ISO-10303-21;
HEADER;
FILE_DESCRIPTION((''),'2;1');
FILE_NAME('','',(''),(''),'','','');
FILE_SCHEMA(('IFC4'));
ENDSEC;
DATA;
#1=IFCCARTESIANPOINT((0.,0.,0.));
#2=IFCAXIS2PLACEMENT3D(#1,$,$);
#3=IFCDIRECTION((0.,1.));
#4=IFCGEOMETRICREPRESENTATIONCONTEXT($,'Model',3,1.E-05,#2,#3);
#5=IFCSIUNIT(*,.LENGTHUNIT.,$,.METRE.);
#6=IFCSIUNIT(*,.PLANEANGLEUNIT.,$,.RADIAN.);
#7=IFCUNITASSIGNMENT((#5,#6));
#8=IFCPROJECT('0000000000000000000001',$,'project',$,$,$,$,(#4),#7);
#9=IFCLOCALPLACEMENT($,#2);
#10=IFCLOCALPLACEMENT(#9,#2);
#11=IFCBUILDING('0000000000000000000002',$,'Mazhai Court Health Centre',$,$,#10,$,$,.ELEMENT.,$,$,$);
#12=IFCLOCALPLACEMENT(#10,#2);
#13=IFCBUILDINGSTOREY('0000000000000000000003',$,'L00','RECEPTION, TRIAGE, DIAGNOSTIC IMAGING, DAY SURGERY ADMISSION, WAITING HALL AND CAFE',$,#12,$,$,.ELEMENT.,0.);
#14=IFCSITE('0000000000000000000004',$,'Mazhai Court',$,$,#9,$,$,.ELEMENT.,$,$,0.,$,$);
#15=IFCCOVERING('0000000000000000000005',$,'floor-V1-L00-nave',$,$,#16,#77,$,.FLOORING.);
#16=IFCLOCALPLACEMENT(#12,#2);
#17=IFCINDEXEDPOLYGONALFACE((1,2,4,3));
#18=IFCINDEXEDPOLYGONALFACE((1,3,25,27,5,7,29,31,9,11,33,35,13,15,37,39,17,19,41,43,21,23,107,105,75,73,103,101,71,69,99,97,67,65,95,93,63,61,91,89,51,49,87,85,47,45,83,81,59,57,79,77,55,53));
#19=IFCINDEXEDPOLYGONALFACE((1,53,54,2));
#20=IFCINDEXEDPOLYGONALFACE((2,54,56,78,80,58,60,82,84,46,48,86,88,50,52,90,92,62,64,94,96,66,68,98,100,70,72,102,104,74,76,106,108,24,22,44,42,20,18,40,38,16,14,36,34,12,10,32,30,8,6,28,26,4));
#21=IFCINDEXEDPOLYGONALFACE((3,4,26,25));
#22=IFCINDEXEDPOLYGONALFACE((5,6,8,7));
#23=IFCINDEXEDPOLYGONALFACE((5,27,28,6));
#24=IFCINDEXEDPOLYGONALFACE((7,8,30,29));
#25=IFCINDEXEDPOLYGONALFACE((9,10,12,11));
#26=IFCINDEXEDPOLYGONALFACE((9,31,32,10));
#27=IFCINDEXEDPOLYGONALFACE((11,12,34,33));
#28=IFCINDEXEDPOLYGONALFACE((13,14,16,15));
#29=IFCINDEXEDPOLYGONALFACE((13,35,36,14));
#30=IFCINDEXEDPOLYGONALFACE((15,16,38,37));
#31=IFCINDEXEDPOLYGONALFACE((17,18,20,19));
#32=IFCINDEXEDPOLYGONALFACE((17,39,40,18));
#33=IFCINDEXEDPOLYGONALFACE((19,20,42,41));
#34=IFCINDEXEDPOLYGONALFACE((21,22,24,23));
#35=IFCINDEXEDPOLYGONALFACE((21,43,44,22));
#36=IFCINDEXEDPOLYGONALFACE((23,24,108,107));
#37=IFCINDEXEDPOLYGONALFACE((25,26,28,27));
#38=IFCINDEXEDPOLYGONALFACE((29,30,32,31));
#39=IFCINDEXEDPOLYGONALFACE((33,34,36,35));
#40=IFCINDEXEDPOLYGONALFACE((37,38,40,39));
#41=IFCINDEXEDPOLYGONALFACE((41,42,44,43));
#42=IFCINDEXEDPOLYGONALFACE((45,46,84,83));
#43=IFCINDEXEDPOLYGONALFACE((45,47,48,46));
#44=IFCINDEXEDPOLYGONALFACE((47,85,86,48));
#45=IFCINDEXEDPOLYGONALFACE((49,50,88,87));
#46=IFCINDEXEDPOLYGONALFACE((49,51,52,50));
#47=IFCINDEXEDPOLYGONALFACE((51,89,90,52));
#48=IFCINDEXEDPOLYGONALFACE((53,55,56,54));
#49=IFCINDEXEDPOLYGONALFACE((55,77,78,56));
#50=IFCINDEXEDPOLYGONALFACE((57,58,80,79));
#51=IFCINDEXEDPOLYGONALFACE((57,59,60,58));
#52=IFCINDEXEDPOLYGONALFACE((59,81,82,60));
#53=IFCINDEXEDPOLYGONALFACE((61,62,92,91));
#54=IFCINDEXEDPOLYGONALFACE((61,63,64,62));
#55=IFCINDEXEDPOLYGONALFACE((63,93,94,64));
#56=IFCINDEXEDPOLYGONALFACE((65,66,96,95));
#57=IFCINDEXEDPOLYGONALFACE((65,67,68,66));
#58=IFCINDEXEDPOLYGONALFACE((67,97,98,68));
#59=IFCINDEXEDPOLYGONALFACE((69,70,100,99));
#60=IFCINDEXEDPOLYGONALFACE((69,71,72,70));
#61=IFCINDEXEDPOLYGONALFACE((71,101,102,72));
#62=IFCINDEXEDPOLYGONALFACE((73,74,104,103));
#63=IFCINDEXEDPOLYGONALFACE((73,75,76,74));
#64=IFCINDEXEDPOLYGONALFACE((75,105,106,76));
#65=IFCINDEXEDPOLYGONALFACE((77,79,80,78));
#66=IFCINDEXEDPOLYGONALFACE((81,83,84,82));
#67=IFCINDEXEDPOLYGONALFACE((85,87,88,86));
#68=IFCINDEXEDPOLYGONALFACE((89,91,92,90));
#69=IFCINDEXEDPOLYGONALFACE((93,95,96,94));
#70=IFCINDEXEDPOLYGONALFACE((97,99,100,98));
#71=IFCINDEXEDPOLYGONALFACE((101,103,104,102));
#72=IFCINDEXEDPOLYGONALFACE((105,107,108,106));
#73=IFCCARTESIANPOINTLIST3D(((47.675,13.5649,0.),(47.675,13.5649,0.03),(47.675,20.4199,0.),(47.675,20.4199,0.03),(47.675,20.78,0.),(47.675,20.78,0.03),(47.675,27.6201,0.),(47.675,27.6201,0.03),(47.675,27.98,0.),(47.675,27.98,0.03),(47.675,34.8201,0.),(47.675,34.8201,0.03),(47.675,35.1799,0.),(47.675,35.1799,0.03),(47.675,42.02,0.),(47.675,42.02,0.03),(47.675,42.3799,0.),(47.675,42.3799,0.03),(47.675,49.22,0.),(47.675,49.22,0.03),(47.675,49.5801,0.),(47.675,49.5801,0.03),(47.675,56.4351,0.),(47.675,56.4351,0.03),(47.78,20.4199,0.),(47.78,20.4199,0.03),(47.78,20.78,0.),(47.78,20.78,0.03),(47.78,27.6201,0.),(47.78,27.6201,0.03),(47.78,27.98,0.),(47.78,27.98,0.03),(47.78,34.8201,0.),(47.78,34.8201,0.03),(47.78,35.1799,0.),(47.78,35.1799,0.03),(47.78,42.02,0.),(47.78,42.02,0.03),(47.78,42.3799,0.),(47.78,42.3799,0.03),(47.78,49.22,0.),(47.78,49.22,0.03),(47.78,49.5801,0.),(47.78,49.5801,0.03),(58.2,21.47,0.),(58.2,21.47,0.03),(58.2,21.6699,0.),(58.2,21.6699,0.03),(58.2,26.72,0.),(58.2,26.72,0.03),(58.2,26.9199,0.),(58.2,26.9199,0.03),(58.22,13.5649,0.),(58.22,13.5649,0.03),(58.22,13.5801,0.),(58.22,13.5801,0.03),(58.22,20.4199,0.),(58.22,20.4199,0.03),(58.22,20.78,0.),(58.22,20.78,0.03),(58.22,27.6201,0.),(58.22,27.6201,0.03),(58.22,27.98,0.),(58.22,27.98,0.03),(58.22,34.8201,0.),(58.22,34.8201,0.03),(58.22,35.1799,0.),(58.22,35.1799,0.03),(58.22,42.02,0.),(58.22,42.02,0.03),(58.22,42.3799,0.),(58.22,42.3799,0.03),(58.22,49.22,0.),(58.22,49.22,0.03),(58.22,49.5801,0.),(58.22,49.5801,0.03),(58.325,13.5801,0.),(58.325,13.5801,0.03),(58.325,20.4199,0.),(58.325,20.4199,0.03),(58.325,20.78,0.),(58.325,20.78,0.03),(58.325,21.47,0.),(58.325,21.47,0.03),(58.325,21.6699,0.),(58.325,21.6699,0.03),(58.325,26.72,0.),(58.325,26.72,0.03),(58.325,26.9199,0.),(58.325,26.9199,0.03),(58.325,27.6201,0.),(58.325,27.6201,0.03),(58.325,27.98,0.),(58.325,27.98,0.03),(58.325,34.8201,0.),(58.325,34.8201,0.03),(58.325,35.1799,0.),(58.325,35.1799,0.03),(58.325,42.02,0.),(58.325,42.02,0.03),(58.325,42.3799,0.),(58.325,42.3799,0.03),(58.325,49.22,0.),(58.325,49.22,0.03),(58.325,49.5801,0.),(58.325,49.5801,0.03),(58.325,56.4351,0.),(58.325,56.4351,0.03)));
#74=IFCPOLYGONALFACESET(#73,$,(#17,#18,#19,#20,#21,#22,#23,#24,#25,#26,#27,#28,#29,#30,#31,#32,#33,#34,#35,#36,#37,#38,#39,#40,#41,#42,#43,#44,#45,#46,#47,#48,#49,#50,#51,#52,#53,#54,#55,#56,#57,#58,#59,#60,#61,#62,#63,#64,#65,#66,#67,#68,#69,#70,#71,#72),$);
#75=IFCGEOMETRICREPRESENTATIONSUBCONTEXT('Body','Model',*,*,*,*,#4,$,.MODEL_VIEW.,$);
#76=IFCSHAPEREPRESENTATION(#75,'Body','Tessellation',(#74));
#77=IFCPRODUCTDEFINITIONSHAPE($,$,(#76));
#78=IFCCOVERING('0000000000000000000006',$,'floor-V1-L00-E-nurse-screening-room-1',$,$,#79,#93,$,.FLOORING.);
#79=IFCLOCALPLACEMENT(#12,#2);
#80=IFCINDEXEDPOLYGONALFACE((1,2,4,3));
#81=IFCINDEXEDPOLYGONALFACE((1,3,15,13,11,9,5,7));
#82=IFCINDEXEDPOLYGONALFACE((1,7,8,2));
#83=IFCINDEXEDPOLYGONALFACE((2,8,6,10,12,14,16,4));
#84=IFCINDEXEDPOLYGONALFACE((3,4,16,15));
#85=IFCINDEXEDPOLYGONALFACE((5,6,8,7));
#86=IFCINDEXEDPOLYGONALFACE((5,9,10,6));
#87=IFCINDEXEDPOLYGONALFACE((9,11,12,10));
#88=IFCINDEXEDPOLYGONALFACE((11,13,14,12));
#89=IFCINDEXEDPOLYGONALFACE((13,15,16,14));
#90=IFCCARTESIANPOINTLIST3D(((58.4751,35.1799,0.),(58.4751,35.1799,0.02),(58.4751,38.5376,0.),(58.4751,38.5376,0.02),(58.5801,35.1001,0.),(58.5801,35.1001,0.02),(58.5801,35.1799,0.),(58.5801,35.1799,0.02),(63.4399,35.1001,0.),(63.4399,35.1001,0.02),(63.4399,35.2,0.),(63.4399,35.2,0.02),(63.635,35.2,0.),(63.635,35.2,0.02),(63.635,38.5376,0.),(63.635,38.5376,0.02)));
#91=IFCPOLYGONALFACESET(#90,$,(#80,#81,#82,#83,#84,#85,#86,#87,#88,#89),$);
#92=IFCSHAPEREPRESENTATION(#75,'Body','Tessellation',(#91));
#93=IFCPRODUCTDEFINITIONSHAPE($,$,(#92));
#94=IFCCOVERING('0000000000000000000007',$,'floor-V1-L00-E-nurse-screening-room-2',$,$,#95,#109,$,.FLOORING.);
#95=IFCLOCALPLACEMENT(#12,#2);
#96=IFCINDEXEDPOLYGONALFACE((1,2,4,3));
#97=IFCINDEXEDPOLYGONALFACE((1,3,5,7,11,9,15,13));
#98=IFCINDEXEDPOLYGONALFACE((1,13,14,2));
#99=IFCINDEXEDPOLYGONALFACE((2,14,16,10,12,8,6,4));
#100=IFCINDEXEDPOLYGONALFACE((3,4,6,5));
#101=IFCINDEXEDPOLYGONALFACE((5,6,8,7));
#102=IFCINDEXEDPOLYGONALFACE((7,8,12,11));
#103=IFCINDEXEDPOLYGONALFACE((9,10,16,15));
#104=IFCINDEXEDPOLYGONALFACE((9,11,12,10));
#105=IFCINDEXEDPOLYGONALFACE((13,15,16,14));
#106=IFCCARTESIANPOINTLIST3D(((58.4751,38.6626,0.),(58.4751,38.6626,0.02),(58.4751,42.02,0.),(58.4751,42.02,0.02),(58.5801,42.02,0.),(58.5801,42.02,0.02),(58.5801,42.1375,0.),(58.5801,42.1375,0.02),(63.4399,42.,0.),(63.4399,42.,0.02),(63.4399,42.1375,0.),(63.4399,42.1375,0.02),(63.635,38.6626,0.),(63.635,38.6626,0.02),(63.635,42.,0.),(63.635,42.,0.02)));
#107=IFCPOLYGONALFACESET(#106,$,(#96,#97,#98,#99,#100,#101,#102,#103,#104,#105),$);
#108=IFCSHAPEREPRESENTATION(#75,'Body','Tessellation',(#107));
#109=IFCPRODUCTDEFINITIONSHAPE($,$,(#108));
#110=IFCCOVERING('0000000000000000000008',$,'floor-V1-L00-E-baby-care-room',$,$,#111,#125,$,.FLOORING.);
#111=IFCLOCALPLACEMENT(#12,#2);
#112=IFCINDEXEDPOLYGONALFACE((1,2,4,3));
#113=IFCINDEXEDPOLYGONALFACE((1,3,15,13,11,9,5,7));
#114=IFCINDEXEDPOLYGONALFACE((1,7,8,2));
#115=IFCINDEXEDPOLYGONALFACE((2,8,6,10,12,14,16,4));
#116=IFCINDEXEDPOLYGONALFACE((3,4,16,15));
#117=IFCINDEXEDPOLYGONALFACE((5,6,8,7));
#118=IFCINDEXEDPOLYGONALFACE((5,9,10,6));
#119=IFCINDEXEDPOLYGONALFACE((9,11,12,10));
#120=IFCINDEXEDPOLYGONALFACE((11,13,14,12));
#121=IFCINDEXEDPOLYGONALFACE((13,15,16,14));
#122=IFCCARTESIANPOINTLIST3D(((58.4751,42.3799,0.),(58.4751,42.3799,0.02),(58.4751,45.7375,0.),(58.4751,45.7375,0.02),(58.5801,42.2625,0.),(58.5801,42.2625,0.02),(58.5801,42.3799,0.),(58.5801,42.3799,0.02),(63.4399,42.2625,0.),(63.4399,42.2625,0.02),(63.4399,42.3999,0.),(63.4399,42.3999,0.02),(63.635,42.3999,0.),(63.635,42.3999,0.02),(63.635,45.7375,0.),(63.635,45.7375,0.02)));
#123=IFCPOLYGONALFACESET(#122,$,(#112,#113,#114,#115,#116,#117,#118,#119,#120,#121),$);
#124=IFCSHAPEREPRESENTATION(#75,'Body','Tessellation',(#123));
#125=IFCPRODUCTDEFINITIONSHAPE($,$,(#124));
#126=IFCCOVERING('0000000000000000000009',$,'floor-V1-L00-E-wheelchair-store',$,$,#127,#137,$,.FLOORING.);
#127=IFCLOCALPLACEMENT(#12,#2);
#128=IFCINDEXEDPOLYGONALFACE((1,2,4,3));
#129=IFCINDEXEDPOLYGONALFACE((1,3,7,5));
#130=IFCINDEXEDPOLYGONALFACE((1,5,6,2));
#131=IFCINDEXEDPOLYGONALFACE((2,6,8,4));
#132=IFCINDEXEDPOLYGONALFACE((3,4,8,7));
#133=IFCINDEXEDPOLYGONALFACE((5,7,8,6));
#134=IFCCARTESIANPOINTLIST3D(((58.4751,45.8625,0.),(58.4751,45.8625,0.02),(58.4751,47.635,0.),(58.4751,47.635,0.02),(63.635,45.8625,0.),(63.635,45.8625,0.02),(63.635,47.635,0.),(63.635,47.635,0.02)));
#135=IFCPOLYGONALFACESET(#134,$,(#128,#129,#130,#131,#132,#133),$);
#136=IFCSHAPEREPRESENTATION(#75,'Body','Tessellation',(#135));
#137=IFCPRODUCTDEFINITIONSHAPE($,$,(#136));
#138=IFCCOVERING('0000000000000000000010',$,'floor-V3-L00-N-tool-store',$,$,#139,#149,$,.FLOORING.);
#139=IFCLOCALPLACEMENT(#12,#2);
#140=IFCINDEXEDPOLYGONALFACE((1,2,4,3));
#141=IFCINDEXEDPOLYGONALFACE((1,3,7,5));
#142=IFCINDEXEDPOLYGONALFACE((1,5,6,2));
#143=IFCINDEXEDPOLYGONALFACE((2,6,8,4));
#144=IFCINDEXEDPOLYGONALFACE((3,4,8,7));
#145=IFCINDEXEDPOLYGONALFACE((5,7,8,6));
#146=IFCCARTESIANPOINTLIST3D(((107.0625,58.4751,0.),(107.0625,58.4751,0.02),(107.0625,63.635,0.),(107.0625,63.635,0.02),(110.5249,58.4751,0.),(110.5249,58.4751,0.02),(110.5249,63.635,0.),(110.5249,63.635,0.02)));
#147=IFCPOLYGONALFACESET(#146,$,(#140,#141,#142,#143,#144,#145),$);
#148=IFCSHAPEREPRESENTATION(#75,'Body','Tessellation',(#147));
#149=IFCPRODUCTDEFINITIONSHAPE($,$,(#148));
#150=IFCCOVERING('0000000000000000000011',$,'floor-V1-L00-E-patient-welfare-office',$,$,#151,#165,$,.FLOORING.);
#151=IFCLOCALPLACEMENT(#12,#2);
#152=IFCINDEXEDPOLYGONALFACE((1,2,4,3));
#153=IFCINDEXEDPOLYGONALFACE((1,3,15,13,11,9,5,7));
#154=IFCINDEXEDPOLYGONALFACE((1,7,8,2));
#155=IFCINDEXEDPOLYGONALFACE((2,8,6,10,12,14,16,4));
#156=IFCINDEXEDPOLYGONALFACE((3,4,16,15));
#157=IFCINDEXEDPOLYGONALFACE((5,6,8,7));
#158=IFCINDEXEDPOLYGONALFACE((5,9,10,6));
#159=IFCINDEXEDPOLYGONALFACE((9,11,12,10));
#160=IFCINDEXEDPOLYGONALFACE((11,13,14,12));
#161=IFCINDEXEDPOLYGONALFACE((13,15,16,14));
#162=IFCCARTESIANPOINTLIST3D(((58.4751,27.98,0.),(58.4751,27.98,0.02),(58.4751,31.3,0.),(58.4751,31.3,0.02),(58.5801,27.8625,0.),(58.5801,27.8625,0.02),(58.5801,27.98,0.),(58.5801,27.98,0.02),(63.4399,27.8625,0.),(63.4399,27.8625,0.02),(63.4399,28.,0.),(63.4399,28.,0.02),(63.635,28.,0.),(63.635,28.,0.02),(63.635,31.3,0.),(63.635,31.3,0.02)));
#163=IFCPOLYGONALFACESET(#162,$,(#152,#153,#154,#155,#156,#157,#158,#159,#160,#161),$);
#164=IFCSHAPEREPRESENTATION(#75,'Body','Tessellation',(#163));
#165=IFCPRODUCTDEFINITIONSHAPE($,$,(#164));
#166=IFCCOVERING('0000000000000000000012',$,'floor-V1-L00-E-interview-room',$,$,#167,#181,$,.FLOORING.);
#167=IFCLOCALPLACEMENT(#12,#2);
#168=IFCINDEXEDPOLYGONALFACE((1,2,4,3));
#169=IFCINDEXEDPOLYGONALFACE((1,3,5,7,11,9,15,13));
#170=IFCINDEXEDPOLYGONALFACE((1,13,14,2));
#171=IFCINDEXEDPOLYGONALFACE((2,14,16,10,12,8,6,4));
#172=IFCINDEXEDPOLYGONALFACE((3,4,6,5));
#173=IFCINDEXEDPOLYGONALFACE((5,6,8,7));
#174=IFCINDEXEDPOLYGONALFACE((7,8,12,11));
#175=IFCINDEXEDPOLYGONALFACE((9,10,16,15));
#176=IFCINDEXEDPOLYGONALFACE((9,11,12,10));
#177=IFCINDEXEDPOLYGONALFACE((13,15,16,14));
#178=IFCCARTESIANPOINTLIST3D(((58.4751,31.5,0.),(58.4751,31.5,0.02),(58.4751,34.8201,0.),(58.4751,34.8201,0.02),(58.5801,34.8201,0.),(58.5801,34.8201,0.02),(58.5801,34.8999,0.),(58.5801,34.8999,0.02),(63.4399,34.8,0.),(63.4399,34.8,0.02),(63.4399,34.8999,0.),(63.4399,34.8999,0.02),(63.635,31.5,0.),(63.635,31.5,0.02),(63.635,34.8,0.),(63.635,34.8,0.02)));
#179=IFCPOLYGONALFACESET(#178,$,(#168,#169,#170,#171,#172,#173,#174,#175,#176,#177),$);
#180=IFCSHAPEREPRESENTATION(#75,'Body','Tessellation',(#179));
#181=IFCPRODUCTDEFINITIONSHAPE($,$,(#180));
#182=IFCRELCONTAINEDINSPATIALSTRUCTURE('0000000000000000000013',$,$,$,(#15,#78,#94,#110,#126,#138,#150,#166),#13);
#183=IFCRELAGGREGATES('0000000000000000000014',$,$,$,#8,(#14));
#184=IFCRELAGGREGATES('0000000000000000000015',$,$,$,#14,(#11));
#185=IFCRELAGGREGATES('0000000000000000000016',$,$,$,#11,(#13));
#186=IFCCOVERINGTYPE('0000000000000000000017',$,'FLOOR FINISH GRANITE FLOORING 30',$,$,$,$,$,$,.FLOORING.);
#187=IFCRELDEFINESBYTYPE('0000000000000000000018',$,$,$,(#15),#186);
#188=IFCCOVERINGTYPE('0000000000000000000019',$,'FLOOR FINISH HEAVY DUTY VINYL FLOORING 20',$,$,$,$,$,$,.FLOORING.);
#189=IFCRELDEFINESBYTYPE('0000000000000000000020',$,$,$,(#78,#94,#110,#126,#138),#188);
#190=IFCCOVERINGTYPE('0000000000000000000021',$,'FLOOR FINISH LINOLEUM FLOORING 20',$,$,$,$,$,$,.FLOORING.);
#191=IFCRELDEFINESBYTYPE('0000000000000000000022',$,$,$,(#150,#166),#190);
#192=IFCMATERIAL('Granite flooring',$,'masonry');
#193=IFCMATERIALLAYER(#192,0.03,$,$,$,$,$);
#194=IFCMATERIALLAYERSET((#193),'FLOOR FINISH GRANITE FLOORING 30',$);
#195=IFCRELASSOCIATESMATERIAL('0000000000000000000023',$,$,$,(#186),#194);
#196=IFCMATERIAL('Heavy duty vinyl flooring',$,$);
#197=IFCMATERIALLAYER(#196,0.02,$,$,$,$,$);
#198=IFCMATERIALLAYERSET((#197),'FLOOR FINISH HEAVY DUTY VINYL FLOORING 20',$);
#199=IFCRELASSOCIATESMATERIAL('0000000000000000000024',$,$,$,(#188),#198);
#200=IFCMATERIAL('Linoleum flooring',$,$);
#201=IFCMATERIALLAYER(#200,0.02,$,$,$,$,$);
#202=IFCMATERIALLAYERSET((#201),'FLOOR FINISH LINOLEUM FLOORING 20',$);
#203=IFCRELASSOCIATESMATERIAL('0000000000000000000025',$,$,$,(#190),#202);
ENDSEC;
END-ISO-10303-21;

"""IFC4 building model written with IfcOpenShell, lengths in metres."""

from ifc_helpers import new_model, si_unit, direction, origin, place, context, subcontext, project, spatial, polyline, outline, extrude, material, layer, layer_set, type_object, element, save


model = new_model("IFC4")

# Units and contexts
model_context = context("Model", 3, precision=1e-05, world=origin(), true_north=direction((0.0, 1.0)))
body_context = subcontext(model_context, "Body", "Model", "MODEL_VIEW")
ifc_project = project(units=[si_unit("LENGTHUNIT", "METRE"), si_unit("PLANEANGLEUNIT", "RADIAN")], contexts=[model_context])

# Site, building, storey
site_placement = place(None, origin())
site = spatial("IfcSite", under=ifc_project, at=site_placement, Name="Mazhai Court", CompositionType="ELEMENT", RefElevation=0.0)
building_placement = place(site_placement, origin())
building = spatial("IfcBuilding", under=site, at=building_placement, Name="Mazhai Court Health Centre", CompositionType="ELEMENT")
storey_placement = place(building_placement, origin())
storey = spatial("IfcBuildingStorey", under=building, at=storey_placement, Name="L00", Description="RECEPTION, TRIAGE, DIAGNOSTIC IMAGING, DAY SURGERY ADMISSION, WAITING HALL AND CAFE", CompositionType="ELEMENT", Elevation=0.0)

# Coverings
ifc_material_1 = material(Name="Granite flooring", Category="masonry")
ifc_layer_1 = layer(ifc_material_1, 0.03)
ifc_layer_set_1 = layer_set([ifc_layer_1], Name="FLOOR FINISH GRANITE FLOORING 30")
covering_type_1 = type_object("IfcCoveringType", Name="FLOOR FINISH GRANITE FLOORING 30", PredefinedType="FLOORING", material=ifc_layer_set_1)
covering_1_placement = place(storey_placement, origin())
element("IfcCovering", 1, at=covering_1_placement, inside=storey, type_object=covering_type_1, Name="floor-V1-L00-nave", PredefinedType="FLOORING", context=body_context, shape_type="SweptSolid", body=[
    extrude(outline(polyline([(58.22, 13.5649), (58.22, 13.5801), (58.325, 13.5801), (58.325, 20.4199), (58.22, 20.4199), (58.22, 20.78), (58.325, 20.78), (58.325, 21.47), (58.2, 21.47), (58.2, 21.6699), (58.325, 21.6699), (58.325, 26.72), (58.2, 26.72), (58.2, 26.9199), (58.325, 26.9199), (58.325, 27.6201), (58.22, 27.6201), (58.22, 27.98), (58.325, 27.98), (58.325, 34.8201), (58.22, 34.8201), (58.22, 35.1799), (58.325, 35.1799), (58.325, 42.02), (58.22, 42.02), (58.22, 42.3799), (58.325, 42.3799), (58.325, 49.22), (58.22, 49.22), (58.22, 49.5801), (58.325, 49.5801), (58.325, 56.4351), (47.675, 56.4351), (47.675, 49.5801), (47.78, 49.5801), (47.78, 49.22), (47.675, 49.22), (47.675, 42.3799), (47.78, 42.3799), (47.78, 42.02), (47.675, 42.02), (47.675, 35.1799), (47.78, 35.1799), (47.78, 34.8201), (47.675, 34.8201), (47.675, 27.98), (47.78, 27.98), (47.78, 27.6201), (47.675, 27.6201), (47.675, 20.78), (47.78, 20.78), (47.78, 20.4199), (47.675, 20.4199), (47.675, 13.5649), (58.22, 13.5649)])), origin(), (0.0, 0.0, 1.0), 0.03),
])
ifc_material_2 = material(Name="Heavy duty vinyl flooring")
ifc_layer_2 = layer(ifc_material_2, 0.02)
ifc_layer_set_2 = layer_set([ifc_layer_2], Name="FLOOR FINISH HEAVY DUTY VINYL FLOORING 20")
covering_type_2 = type_object("IfcCoveringType", Name="FLOOR FINISH HEAVY DUTY VINYL FLOORING 20", PredefinedType="FLOORING", material=ifc_layer_set_2)
covering_2_placement = place(storey_placement, origin())
element("IfcCovering", 2, at=covering_2_placement, inside=storey, type_object=covering_type_2, Name="floor-V1-L00-E-nurse-screening-room-1", PredefinedType="FLOORING", context=body_context, shape_type="SweptSolid", body=[
    extrude(outline(polyline([(58.4751, 35.1799), (58.5801, 35.1799), (58.5801, 35.1001), (63.4399, 35.1001), (63.4399, 35.2), (63.635, 35.2), (63.635, 38.5376), (58.4751, 38.5376), (58.4751, 35.1799)])), origin(), (0.0, 0.0, 1.0), 0.02),
])
covering_3_placement = place(storey_placement, origin())
element("IfcCovering", 3, at=covering_3_placement, inside=storey, type_object=covering_type_2, Name="floor-V1-L00-E-nurse-screening-room-2", PredefinedType="FLOORING", context=body_context, shape_type="SweptSolid", body=[
    extrude(outline(polyline([(63.635, 42.0), (63.4399, 42.0), (63.4399, 42.1375), (58.5801, 42.1375), (58.5801, 42.02), (58.4751, 42.02), (58.4751, 38.6626), (63.635, 38.6626), (63.635, 42.0)])), origin(), (0.0, 0.0, 1.0), 0.02),
])
covering_4_placement = place(storey_placement, origin())
element("IfcCovering", 4, at=covering_4_placement, inside=storey, type_object=covering_type_2, Name="floor-V1-L00-E-baby-care-room", PredefinedType="FLOORING", context=body_context, shape_type="SweptSolid", body=[
    extrude(outline(polyline([(58.4751, 42.3799), (58.5801, 42.3799), (58.5801, 42.2625), (63.4399, 42.2625), (63.4399, 42.3999), (63.635, 42.3999), (63.635, 45.7375), (58.4751, 45.7375), (58.4751, 42.3799)])), origin(), (0.0, 0.0, 1.0), 0.02),
])
covering_5_placement = place(storey_placement, origin())
element("IfcCovering", 5, at=covering_5_placement, inside=storey, type_object=covering_type_2, Name="floor-V1-L00-E-wheelchair-store", PredefinedType="FLOORING", context=body_context, shape_type="SweptSolid", body=[
    extrude(outline(polyline([(63.635, 45.8625), (63.635, 47.635), (58.4751, 47.635), (58.4751, 45.8625), (63.635, 45.8625)])), origin(), (0.0, 0.0, 1.0), 0.02),
])
covering_6_placement = place(storey_placement, origin())
element("IfcCovering", 6, at=covering_6_placement, inside=storey, type_object=covering_type_2, Name="floor-V3-L00-N-tool-store", PredefinedType="FLOORING", context=body_context, shape_type="SweptSolid", body=[
    extrude(outline(polyline([(110.5249, 58.4751), (110.5249, 63.635), (107.0625, 63.635), (107.0625, 58.4751), (110.5249, 58.4751)])), origin(), (0.0, 0.0, 1.0), 0.02),
])
ifc_material_3 = material(Name="Linoleum flooring")
ifc_layer_3 = layer(ifc_material_3, 0.02)
ifc_layer_set_3 = layer_set([ifc_layer_3], Name="FLOOR FINISH LINOLEUM FLOORING 20")
covering_type_3 = type_object("IfcCoveringType", Name="FLOOR FINISH LINOLEUM FLOORING 20", PredefinedType="FLOORING", material=ifc_layer_set_3)
covering_7_placement = place(storey_placement, origin())
element("IfcCovering", 7, at=covering_7_placement, inside=storey, type_object=covering_type_3, Name="floor-V1-L00-E-patient-welfare-office", PredefinedType="FLOORING", context=body_context, shape_type="SweptSolid", body=[
    extrude(outline(polyline([(58.4751, 27.98), (58.5801, 27.98), (58.5801, 27.8625), (63.4399, 27.8625), (63.4399, 28.0), (63.635, 28.0), (63.635, 31.3), (58.4751, 31.3), (58.4751, 27.98)])), origin(), (0.0, 0.0, 1.0), 0.02),
])
covering_8_placement = place(storey_placement, origin())
element("IfcCovering", 8, at=covering_8_placement, inside=storey, type_object=covering_type_3, Name="floor-V1-L00-E-interview-room", PredefinedType="FLOORING", context=body_context, shape_type="SweptSolid", body=[
    extrude(outline(polyline([(63.635, 34.8), (63.4399, 34.8), (63.4399, 34.8999), (58.5801, 34.8999), (58.5801, 34.8201), (58.4751, 34.8201), (58.4751, 31.5), (63.635, 31.5), (63.635, 34.8)])), origin(), (0.0, 0.0, 1.0), 0.02),
])

save(model, "model.ifc")
